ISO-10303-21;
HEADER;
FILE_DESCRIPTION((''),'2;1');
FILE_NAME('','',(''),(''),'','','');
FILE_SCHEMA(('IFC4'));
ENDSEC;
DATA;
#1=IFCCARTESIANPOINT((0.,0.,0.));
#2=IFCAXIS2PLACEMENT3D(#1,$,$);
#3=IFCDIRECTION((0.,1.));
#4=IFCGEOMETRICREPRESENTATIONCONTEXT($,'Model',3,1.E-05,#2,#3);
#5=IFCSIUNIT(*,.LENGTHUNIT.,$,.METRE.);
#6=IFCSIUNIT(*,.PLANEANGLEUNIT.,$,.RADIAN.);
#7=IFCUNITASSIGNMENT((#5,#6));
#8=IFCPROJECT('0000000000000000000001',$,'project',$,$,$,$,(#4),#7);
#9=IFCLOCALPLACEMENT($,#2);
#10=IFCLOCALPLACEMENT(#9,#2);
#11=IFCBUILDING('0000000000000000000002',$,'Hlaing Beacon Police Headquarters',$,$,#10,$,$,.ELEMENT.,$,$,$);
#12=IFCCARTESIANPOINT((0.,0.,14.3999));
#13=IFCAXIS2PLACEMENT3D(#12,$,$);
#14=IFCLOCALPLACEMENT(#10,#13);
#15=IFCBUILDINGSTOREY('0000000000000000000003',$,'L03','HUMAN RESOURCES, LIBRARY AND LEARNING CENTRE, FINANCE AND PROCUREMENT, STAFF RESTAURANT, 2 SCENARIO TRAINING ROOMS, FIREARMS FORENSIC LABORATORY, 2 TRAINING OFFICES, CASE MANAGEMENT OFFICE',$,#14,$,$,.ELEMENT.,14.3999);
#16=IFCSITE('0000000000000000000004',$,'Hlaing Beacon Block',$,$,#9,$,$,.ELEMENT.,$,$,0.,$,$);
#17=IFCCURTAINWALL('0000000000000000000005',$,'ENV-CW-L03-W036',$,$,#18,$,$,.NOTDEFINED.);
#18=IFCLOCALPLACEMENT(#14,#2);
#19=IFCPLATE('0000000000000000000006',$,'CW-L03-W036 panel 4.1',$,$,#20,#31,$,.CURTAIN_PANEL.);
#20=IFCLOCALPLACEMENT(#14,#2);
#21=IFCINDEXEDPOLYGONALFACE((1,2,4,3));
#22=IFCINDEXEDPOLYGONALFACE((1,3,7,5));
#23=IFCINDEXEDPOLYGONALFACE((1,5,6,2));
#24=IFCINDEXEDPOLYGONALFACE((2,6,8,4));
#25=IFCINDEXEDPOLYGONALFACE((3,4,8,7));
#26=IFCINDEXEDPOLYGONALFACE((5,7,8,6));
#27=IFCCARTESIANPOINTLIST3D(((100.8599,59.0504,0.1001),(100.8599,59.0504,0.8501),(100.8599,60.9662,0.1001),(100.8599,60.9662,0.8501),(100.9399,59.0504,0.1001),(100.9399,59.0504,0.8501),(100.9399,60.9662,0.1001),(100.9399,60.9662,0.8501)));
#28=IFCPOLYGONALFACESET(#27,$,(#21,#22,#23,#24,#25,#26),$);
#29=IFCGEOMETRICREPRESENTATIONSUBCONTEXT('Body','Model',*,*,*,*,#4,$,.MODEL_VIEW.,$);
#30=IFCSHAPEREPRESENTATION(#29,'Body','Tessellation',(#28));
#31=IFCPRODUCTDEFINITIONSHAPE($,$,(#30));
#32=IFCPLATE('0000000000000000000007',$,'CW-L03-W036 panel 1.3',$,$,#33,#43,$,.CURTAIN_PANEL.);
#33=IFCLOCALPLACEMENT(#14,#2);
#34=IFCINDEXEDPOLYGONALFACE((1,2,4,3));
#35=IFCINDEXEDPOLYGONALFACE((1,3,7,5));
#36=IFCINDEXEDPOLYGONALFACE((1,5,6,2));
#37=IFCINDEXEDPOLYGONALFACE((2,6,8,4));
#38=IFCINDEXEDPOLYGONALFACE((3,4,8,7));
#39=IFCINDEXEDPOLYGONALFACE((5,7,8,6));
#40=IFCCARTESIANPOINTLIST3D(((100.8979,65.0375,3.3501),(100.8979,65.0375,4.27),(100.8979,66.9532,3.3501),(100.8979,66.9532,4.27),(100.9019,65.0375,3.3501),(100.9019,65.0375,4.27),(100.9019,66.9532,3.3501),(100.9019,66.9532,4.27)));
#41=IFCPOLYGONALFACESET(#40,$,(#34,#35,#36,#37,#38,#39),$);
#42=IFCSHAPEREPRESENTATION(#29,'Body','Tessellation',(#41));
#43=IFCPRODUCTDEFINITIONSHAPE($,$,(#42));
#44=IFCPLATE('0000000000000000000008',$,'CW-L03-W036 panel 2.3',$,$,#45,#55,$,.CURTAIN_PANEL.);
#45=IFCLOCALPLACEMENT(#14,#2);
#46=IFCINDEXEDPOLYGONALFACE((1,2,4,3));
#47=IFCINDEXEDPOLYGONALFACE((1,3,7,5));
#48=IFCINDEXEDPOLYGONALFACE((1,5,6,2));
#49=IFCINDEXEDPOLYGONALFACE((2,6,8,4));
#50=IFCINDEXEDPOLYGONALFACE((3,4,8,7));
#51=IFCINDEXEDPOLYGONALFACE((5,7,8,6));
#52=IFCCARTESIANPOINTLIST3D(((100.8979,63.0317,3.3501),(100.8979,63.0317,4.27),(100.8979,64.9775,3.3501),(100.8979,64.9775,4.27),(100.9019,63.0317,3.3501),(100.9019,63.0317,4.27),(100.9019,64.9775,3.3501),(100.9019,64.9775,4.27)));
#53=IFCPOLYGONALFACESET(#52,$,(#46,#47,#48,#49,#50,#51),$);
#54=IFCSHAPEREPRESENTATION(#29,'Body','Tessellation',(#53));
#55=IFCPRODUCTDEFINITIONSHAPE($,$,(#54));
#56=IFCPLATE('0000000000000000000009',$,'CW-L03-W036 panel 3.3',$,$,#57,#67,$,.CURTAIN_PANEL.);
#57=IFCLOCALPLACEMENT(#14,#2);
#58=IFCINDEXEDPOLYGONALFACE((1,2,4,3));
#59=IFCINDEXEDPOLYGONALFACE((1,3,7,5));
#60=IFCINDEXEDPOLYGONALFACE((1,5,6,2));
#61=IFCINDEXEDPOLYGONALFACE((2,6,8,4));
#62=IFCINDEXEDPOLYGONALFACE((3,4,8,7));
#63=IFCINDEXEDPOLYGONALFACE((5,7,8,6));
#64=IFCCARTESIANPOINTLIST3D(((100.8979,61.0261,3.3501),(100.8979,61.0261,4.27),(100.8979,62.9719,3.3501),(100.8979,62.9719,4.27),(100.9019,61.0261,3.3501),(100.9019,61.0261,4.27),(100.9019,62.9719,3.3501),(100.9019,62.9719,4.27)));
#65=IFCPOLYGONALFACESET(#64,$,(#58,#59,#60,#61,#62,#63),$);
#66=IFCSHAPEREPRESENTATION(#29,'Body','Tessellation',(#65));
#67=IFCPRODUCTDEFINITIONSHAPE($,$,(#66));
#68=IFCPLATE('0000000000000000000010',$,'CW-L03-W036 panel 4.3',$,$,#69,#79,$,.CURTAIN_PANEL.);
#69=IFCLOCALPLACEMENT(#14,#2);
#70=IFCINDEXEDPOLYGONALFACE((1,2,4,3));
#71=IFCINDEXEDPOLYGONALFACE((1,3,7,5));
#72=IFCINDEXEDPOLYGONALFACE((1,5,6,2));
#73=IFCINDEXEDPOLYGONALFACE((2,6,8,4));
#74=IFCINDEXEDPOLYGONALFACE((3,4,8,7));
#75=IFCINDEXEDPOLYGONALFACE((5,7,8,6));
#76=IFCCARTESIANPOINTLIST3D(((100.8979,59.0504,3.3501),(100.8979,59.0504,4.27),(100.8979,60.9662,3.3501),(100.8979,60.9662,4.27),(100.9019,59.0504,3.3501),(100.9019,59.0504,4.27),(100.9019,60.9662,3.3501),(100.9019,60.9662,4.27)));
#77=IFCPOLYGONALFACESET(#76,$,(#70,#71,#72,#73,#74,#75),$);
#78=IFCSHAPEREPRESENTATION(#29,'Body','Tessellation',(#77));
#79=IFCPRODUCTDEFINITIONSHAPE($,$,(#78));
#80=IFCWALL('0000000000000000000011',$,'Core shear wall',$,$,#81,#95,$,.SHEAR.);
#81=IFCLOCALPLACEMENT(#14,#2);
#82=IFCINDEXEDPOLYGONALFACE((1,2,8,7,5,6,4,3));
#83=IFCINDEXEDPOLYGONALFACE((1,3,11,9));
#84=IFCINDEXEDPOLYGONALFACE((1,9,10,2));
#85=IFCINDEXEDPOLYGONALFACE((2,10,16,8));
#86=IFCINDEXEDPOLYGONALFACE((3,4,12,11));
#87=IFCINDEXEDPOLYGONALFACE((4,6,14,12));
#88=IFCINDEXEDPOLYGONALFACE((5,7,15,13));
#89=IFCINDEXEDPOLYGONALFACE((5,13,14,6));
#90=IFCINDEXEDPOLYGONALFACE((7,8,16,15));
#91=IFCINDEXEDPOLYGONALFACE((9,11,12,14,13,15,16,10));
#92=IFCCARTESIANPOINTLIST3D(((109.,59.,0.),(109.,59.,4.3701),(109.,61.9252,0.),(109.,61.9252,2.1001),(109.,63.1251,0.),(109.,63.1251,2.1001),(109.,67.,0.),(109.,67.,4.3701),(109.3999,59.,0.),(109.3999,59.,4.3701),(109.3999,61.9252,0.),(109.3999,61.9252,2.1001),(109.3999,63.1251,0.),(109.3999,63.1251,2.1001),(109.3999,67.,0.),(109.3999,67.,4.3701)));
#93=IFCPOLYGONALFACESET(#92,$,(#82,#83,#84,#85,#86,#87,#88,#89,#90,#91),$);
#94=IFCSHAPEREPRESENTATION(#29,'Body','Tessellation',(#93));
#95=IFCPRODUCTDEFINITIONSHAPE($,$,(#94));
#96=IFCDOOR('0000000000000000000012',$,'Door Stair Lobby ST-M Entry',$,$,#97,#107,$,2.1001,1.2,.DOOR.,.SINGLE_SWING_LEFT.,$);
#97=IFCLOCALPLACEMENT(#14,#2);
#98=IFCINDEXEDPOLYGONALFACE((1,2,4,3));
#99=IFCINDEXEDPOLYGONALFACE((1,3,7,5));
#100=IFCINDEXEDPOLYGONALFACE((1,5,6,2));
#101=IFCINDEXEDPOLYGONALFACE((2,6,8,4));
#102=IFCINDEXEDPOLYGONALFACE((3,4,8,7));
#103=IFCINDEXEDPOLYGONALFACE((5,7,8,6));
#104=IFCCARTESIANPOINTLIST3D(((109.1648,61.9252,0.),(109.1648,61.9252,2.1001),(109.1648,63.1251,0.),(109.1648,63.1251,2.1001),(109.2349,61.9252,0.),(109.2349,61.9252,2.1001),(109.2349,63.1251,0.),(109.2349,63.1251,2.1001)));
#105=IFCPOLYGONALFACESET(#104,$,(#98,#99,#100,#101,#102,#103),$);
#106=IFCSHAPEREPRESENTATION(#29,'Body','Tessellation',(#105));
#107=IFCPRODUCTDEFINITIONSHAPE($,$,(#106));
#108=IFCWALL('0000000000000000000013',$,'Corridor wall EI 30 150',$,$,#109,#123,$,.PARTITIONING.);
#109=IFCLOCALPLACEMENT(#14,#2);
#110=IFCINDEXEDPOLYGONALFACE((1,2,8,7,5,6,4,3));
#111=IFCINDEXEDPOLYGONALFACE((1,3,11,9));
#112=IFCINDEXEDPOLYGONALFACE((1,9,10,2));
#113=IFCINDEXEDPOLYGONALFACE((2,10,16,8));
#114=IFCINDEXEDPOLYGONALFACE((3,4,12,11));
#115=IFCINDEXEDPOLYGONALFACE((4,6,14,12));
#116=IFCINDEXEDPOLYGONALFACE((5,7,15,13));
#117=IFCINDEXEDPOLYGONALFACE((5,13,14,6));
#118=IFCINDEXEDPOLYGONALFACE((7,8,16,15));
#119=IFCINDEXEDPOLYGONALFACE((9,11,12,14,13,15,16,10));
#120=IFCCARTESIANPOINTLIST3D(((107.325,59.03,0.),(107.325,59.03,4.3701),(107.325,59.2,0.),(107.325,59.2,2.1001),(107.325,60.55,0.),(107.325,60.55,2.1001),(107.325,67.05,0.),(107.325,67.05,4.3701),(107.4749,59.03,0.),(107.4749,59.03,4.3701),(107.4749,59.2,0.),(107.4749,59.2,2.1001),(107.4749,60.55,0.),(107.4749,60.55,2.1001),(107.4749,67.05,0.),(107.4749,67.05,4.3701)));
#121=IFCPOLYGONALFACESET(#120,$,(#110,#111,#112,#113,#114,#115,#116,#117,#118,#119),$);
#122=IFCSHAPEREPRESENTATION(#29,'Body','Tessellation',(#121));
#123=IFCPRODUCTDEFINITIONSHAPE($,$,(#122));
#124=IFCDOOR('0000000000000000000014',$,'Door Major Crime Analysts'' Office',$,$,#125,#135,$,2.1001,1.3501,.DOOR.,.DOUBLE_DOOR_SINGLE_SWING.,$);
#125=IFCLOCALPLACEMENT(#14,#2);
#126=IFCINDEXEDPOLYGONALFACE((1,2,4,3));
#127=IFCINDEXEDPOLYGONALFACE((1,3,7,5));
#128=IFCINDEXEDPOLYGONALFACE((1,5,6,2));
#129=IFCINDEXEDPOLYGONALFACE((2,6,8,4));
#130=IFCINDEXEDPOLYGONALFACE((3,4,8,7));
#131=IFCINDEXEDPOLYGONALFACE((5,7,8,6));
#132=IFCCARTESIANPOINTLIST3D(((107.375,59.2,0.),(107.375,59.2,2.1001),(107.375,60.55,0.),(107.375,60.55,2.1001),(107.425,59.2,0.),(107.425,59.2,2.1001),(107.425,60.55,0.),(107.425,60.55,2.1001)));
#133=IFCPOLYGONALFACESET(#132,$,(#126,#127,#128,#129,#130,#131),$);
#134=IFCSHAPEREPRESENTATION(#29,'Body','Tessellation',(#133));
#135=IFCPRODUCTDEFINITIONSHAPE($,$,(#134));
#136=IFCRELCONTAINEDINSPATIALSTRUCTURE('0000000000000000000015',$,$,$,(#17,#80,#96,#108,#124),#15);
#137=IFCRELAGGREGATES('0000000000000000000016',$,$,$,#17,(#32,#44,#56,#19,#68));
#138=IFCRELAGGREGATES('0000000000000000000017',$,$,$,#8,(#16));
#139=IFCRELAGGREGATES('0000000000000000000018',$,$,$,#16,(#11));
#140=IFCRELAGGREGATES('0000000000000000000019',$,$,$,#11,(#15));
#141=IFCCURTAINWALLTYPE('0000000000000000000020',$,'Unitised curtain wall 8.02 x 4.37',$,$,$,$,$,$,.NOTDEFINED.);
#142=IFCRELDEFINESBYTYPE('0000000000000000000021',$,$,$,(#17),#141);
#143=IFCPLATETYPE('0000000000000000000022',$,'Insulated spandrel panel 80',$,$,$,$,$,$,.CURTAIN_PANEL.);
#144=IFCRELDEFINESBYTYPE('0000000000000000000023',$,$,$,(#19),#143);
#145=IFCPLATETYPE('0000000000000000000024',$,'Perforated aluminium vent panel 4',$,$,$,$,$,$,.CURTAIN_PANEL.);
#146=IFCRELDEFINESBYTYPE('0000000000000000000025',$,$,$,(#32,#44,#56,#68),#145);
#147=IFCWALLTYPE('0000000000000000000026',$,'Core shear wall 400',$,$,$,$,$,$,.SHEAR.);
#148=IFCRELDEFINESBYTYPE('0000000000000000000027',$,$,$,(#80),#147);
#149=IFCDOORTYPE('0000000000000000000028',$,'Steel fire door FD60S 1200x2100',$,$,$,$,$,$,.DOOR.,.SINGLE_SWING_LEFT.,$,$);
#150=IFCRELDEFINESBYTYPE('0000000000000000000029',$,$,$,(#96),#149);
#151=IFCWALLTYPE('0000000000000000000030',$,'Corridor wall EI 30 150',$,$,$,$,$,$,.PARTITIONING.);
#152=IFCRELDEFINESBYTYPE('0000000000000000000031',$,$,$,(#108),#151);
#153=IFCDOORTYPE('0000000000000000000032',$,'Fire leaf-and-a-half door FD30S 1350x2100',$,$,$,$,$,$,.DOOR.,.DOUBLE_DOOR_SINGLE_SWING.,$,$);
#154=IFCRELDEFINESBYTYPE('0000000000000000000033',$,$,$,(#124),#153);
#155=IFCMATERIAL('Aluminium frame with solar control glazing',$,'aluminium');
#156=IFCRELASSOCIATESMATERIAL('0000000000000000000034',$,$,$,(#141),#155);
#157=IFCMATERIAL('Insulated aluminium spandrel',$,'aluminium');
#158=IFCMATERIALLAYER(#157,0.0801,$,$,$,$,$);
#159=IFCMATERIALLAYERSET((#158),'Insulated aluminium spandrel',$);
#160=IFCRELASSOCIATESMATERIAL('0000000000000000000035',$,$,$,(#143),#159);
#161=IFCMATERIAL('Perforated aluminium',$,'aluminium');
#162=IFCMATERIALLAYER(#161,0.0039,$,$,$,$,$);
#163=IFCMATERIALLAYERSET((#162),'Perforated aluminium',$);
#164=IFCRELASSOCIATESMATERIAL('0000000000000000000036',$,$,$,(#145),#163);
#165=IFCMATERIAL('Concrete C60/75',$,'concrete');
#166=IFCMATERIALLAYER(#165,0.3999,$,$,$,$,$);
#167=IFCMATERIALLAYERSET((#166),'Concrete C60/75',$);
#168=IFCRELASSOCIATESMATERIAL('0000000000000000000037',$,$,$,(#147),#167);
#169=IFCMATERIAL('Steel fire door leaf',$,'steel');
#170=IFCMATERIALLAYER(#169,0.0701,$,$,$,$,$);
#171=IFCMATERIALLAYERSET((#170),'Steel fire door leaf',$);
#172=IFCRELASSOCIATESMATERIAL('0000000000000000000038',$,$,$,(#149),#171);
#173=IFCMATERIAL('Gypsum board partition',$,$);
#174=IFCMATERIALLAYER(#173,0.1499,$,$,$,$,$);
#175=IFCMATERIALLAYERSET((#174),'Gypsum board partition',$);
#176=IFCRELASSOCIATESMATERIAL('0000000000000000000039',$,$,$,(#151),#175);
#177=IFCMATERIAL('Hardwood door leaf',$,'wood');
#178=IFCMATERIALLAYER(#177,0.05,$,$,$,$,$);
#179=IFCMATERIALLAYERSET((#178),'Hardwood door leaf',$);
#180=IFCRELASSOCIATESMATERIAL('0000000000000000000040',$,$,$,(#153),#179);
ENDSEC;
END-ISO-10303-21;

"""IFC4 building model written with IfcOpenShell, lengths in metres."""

from ifc_helpers import new_model, si_unit, direction, frame, frame_2d, origin, origin_2d, place, context, subcontext, project, spatial, rectangle, extrude, material, layer, layer_set, type_object, element, fill, aggregate, save


model = new_model("IFC4")

# Units and contexts
model_context = context("Model", 3, precision=1e-05, world=origin(), true_north=direction((0.0, 1.0)))
body_context = subcontext(model_context, "Body", "Model", "MODEL_VIEW")
ifc_project = project(units=[si_unit("LENGTHUNIT", "METRE"), si_unit("PLANEANGLEUNIT", "RADIAN")], contexts=[model_context])

# Site, building, storey
site_placement = place(None, origin())
site = spatial("IfcSite", under=ifc_project, at=site_placement, Name="Hlaing Beacon Block", CompositionType="ELEMENT", RefElevation=0.0)
building_placement = place(site_placement, origin())
building = spatial("IfcBuilding", under=site, at=building_placement, Name="Hlaing Beacon Police Headquarters", CompositionType="ELEMENT")
storey_placement = place(building_placement, frame((0.0, 0.0, 14.3999)))
storey = spatial("IfcBuildingStorey", under=building, at=storey_placement, Name="L03", Description="HUMAN RESOURCES, LIBRARY AND LEARNING CENTRE, FINANCE AND PROCUREMENT, STAFF RESTAURANT, 2 SCENARIO TRAINING ROOMS, FIREARMS FORENSIC LABORATORY, 2 TRAINING OFFICES, CASE MANAGEMENT OFFICE", CompositionType="ELEMENT", Elevation=14.3999)

# Curtain wall
ifc_material_1 = material(Name="Aluminium frame with solar control glazing", Category="aluminium")
curtain_wall_type = type_object("IfcCurtainWallType", Name="Unitised curtain wall 8.02 x 4.37", PredefinedType="NOTDEFINED", material=ifc_material_1)
curtain_wall_placement = place(storey_placement, origin())
curtain_wall = element("IfcCurtainWall", 1, at=curtain_wall_placement, inside=storey, type_object=curtain_wall_type, Name="ENV-CW-L03-W036", PredefinedType="NOTDEFINED")

# Plates
ifc_material_2 = material(Name="Insulated aluminium spandrel", Category="aluminium")
ifc_layer_1 = layer(ifc_material_2, 0.0801)
ifc_layer_set_1 = layer_set([ifc_layer_1], Name="Insulated aluminium spandrel")
plate_type_1 = type_object("IfcPlateType", Name="Insulated spandrel panel 80", PredefinedType="CURTAIN_PANEL", material=ifc_layer_set_1)
plate_1_placement = place(storey_placement, frame((100.8999, 60.0083, 0.1001), z_axis=(0.0, 0.0, 1.0), x_axis=(0.0, -1.0, 0.0)))
plate_1 = element("IfcPlate", 2, at=plate_1_placement, type_object=plate_type_1, Name="CW-L03-W036 panel 4.1", PredefinedType="CURTAIN_PANEL", context=body_context, shape_type="SweptSolid", body=[
    extrude(rectangle(XDim=1.9158, YDim=0.0801, at=origin_2d()), origin(), (0.0, 0.0, 1.0), 0.75),
])
ifc_material_3 = material(Name="Perforated aluminium", Category="aluminium")
ifc_layer_2 = layer(ifc_material_3, 0.0039)
ifc_layer_set_2 = layer_set([ifc_layer_2], Name="Perforated aluminium")
plate_type_2 = type_object("IfcPlateType", Name="Perforated aluminium vent panel 4", PredefinedType="CURTAIN_PANEL", material=ifc_layer_set_2)
plate_2_placement = place(storey_placement, frame((100.8999, 65.9954, 3.3501), z_axis=(0.0, 0.0, 1.0), x_axis=(0.0, -1.0, 0.0)))
plate_2 = element("IfcPlate", 3, at=plate_2_placement, type_object=plate_type_2, Name="CW-L03-W036 panel 1.3", PredefinedType="CURTAIN_PANEL", context=body_context, shape_type="SweptSolid", body=[
    extrude(rectangle(XDim=1.9158, YDim=0.0039, at=origin_2d()), origin(), (0.0, 0.0, 1.0), 0.9199),
])
plate_3_placement = place(storey_placement, frame((100.8999, 64.0046, 3.3501), z_axis=(0.0, 0.0, 1.0), x_axis=(0.0, -1.0, 0.0)))
plate_3 = element("IfcPlate", 4, at=plate_3_placement, type_object=plate_type_2, Name="CW-L03-W036 panel 2.3", PredefinedType="CURTAIN_PANEL", context=body_context, shape_type="SweptSolid", body=[
    extrude(rectangle(XDim=1.9458, YDim=0.0039, at=origin_2d()), origin(), (0.0, 0.0, 1.0), 0.9199),
])
plate_4_placement = place(storey_placement, frame((100.8999, 61.999, 3.3501), z_axis=(0.0, 0.0, 1.0), x_axis=(0.0, -1.0, 0.0)))
plate_4 = element("IfcPlate", 5, at=plate_4_placement, type_object=plate_type_2, Name="CW-L03-W036 panel 3.3", PredefinedType="CURTAIN_PANEL", context=body_context, shape_type="SweptSolid", body=[
    extrude(rectangle(XDim=1.9458, YDim=0.0039, at=origin_2d()), origin(), (0.0, 0.0, 1.0), 0.9199),
])
plate_5_placement = place(storey_placement, frame((100.8999, 60.0083, 3.3501), z_axis=(0.0, 0.0, 1.0), x_axis=(0.0, -1.0, 0.0)))
plate_5 = element("IfcPlate", 6, at=plate_5_placement, type_object=plate_type_2, Name="CW-L03-W036 panel 4.3", PredefinedType="CURTAIN_PANEL", context=body_context, shape_type="SweptSolid", body=[
    extrude(rectangle(XDim=1.9158, YDim=0.0039, at=origin_2d()), origin(), (0.0, 0.0, 1.0), 0.9199),
])
aggregate(curtain_wall, [plate_2, plate_3, plate_4, plate_1, plate_5])

# Walls, openings, doors
ifc_material_4 = material(Name="Concrete C60/75", Category="concrete")
ifc_layer_3 = layer(ifc_material_4, 0.3999)
ifc_layer_set_3 = layer_set([ifc_layer_3], Name="Concrete C60/75")
wall_type_1 = type_object("IfcWallType", Name="Core shear wall 400", PredefinedType="SHEAR", material=ifc_layer_set_3)
wall_1_placement = place(storey_placement, frame((109.2, 59.0, 0.0), z_axis=(0.0, 0.0, 1.0), x_axis=(0.0, 1.0, 0.0)))
wall_1 = element("IfcWall", 7, at=wall_1_placement, inside=storey, type_object=wall_type_1, Name="Core shear wall", PredefinedType="SHEAR", context=body_context, shape_type="SweptSolid", body=[
    extrude(rectangle(XDim=8.0, YDim=0.3999, at=frame_2d((4.0, 0.0))), origin(), (0.0, 0.0, 1.0), 4.3701),
])
opening_1_placement = place(wall_1_placement, frame((2.925, 0.0, 0.0)))
opening_1 = element("IfcOpeningElement", 8, at=opening_1_placement, cuts=wall_1, PredefinedType="OPENING", context=body_context, shape_type="SweptSolid", body=[
    extrude(rectangle(XDim=1.2, YDim=2.1001, at=frame_2d((0.6001, 1.05))), frame((0.0, 0.21, 0.0), z_axis=(0.0, -1.0, 0.0), x_axis=(1.0, 0.0, 0.0)), (0.0, 0.0, 1.0), 0.4199),
])
ifc_material_5 = material(Name="Steel fire door leaf", Category="steel")
ifc_layer_4 = layer(ifc_material_5, 0.0701)
ifc_layer_set_4 = layer_set([ifc_layer_4], Name="Steel fire door leaf")
door_type_1 = type_object("IfcDoorType", Name="Steel fire door FD60S 1200x2100", OperationType="SINGLE_SWING_LEFT", PredefinedType="DOOR", material=ifc_layer_set_4)
door_1_placement = place(opening_1_placement, frame((1.2, 0.0, 0.0), z_axis=(0.0, 0.0, 1.0), x_axis=(-1.0, 0.0, 0.0)))
door_1 = element("IfcDoor", 9, at=door_1_placement, inside=storey, type_object=door_type_1, Name="Door Stair Lobby ST-M Entry", OperationType="SINGLE_SWING_LEFT", OverallHeight=2.1001, OverallWidth=1.2, PredefinedType="DOOR", context=body_context, shape_type="SweptSolid", body=[
    extrude(rectangle(XDim=1.2, YDim=2.1001, at=frame_2d((0.5999, 1.05))), frame((0.0, 0.0349, 0.0), z_axis=(0.0, -1.0, 0.0), x_axis=(1.0, 0.0, 0.0)), (0.0, 0.0, 1.0), 0.0701),
])
fill(opening_1, door_1)
ifc_material_6 = material(Name="Gypsum board partition")
ifc_layer_5 = layer(ifc_material_6, 0.1499)
ifc_layer_set_5 = layer_set([ifc_layer_5], Name="Gypsum board partition")
wall_type_2 = type_object("IfcWallType", Name="Corridor wall EI 30 150", PredefinedType="PARTITIONING", material=ifc_layer_set_5)
wall_2_placement = place(storey_placement, frame((107.3999, 59.03, 0.0), z_axis=(0.0, 0.0, 1.0), x_axis=(0.0, 1.0, 0.0)))
wall_2 = element("IfcWall", 10, at=wall_2_placement, inside=storey, type_object=wall_type_2, Name="Corridor wall EI 30 150", PredefinedType="PARTITIONING", context=body_context, shape_type="SweptSolid", body=[
    extrude(rectangle(XDim=8.02, YDim=0.1499, at=frame_2d((4.01, 0.0))), origin(), (0.0, 0.0, 1.0), 4.3701),
])
opening_2_placement = place(wall_2_placement, frame((0.1699, 0.0, 0.0)))
opening_2 = element("IfcOpeningElement", 11, at=opening_2_placement, cuts=wall_2, PredefinedType="OPENING", context=body_context, shape_type="SweptSolid", body=[
    extrude(rectangle(XDim=1.3501, YDim=2.1001, at=frame_2d((0.675, 1.05))), frame((0.0, 0.085, 0.0), z_axis=(0.0, -1.0, 0.0), x_axis=(1.0, 0.0, 0.0)), (0.0, 0.0, 1.0), 0.1699),
])
ifc_material_7 = material(Name="Hardwood door leaf", Category="wood")
ifc_layer_6 = layer(ifc_material_7, 0.05)
ifc_layer_set_6 = layer_set([ifc_layer_6], Name="Hardwood door leaf")
door_type_2 = type_object("IfcDoorType", Name="Fire leaf-and-a-half door FD30S 1350x2100", OperationType="DOUBLE_DOOR_SINGLE_SWING", PredefinedType="DOOR", material=ifc_layer_set_6)
door_2_placement = place(opening_2_placement, origin())
door_2 = element("IfcDoor", 12, at=door_2_placement, inside=storey, type_object=door_type_2, Name="Door Major Crime Analysts' Office", OperationType="DOUBLE_DOOR_SINGLE_SWING", OverallHeight=2.1001, OverallWidth=1.3501, PredefinedType="DOOR", context=body_context, shape_type="SweptSolid", body=[
    extrude(rectangle(XDim=1.3501, YDim=2.1001, at=frame_2d((0.675, 1.05))), frame((0.0, 0.0249, 0.0), z_axis=(0.0, -1.0, 0.0), x_axis=(1.0, 0.0, 0.0)), (0.0, 0.0, 1.0), 0.05),
])
fill(opening_2, door_2)

save(model, "model.ifc")
